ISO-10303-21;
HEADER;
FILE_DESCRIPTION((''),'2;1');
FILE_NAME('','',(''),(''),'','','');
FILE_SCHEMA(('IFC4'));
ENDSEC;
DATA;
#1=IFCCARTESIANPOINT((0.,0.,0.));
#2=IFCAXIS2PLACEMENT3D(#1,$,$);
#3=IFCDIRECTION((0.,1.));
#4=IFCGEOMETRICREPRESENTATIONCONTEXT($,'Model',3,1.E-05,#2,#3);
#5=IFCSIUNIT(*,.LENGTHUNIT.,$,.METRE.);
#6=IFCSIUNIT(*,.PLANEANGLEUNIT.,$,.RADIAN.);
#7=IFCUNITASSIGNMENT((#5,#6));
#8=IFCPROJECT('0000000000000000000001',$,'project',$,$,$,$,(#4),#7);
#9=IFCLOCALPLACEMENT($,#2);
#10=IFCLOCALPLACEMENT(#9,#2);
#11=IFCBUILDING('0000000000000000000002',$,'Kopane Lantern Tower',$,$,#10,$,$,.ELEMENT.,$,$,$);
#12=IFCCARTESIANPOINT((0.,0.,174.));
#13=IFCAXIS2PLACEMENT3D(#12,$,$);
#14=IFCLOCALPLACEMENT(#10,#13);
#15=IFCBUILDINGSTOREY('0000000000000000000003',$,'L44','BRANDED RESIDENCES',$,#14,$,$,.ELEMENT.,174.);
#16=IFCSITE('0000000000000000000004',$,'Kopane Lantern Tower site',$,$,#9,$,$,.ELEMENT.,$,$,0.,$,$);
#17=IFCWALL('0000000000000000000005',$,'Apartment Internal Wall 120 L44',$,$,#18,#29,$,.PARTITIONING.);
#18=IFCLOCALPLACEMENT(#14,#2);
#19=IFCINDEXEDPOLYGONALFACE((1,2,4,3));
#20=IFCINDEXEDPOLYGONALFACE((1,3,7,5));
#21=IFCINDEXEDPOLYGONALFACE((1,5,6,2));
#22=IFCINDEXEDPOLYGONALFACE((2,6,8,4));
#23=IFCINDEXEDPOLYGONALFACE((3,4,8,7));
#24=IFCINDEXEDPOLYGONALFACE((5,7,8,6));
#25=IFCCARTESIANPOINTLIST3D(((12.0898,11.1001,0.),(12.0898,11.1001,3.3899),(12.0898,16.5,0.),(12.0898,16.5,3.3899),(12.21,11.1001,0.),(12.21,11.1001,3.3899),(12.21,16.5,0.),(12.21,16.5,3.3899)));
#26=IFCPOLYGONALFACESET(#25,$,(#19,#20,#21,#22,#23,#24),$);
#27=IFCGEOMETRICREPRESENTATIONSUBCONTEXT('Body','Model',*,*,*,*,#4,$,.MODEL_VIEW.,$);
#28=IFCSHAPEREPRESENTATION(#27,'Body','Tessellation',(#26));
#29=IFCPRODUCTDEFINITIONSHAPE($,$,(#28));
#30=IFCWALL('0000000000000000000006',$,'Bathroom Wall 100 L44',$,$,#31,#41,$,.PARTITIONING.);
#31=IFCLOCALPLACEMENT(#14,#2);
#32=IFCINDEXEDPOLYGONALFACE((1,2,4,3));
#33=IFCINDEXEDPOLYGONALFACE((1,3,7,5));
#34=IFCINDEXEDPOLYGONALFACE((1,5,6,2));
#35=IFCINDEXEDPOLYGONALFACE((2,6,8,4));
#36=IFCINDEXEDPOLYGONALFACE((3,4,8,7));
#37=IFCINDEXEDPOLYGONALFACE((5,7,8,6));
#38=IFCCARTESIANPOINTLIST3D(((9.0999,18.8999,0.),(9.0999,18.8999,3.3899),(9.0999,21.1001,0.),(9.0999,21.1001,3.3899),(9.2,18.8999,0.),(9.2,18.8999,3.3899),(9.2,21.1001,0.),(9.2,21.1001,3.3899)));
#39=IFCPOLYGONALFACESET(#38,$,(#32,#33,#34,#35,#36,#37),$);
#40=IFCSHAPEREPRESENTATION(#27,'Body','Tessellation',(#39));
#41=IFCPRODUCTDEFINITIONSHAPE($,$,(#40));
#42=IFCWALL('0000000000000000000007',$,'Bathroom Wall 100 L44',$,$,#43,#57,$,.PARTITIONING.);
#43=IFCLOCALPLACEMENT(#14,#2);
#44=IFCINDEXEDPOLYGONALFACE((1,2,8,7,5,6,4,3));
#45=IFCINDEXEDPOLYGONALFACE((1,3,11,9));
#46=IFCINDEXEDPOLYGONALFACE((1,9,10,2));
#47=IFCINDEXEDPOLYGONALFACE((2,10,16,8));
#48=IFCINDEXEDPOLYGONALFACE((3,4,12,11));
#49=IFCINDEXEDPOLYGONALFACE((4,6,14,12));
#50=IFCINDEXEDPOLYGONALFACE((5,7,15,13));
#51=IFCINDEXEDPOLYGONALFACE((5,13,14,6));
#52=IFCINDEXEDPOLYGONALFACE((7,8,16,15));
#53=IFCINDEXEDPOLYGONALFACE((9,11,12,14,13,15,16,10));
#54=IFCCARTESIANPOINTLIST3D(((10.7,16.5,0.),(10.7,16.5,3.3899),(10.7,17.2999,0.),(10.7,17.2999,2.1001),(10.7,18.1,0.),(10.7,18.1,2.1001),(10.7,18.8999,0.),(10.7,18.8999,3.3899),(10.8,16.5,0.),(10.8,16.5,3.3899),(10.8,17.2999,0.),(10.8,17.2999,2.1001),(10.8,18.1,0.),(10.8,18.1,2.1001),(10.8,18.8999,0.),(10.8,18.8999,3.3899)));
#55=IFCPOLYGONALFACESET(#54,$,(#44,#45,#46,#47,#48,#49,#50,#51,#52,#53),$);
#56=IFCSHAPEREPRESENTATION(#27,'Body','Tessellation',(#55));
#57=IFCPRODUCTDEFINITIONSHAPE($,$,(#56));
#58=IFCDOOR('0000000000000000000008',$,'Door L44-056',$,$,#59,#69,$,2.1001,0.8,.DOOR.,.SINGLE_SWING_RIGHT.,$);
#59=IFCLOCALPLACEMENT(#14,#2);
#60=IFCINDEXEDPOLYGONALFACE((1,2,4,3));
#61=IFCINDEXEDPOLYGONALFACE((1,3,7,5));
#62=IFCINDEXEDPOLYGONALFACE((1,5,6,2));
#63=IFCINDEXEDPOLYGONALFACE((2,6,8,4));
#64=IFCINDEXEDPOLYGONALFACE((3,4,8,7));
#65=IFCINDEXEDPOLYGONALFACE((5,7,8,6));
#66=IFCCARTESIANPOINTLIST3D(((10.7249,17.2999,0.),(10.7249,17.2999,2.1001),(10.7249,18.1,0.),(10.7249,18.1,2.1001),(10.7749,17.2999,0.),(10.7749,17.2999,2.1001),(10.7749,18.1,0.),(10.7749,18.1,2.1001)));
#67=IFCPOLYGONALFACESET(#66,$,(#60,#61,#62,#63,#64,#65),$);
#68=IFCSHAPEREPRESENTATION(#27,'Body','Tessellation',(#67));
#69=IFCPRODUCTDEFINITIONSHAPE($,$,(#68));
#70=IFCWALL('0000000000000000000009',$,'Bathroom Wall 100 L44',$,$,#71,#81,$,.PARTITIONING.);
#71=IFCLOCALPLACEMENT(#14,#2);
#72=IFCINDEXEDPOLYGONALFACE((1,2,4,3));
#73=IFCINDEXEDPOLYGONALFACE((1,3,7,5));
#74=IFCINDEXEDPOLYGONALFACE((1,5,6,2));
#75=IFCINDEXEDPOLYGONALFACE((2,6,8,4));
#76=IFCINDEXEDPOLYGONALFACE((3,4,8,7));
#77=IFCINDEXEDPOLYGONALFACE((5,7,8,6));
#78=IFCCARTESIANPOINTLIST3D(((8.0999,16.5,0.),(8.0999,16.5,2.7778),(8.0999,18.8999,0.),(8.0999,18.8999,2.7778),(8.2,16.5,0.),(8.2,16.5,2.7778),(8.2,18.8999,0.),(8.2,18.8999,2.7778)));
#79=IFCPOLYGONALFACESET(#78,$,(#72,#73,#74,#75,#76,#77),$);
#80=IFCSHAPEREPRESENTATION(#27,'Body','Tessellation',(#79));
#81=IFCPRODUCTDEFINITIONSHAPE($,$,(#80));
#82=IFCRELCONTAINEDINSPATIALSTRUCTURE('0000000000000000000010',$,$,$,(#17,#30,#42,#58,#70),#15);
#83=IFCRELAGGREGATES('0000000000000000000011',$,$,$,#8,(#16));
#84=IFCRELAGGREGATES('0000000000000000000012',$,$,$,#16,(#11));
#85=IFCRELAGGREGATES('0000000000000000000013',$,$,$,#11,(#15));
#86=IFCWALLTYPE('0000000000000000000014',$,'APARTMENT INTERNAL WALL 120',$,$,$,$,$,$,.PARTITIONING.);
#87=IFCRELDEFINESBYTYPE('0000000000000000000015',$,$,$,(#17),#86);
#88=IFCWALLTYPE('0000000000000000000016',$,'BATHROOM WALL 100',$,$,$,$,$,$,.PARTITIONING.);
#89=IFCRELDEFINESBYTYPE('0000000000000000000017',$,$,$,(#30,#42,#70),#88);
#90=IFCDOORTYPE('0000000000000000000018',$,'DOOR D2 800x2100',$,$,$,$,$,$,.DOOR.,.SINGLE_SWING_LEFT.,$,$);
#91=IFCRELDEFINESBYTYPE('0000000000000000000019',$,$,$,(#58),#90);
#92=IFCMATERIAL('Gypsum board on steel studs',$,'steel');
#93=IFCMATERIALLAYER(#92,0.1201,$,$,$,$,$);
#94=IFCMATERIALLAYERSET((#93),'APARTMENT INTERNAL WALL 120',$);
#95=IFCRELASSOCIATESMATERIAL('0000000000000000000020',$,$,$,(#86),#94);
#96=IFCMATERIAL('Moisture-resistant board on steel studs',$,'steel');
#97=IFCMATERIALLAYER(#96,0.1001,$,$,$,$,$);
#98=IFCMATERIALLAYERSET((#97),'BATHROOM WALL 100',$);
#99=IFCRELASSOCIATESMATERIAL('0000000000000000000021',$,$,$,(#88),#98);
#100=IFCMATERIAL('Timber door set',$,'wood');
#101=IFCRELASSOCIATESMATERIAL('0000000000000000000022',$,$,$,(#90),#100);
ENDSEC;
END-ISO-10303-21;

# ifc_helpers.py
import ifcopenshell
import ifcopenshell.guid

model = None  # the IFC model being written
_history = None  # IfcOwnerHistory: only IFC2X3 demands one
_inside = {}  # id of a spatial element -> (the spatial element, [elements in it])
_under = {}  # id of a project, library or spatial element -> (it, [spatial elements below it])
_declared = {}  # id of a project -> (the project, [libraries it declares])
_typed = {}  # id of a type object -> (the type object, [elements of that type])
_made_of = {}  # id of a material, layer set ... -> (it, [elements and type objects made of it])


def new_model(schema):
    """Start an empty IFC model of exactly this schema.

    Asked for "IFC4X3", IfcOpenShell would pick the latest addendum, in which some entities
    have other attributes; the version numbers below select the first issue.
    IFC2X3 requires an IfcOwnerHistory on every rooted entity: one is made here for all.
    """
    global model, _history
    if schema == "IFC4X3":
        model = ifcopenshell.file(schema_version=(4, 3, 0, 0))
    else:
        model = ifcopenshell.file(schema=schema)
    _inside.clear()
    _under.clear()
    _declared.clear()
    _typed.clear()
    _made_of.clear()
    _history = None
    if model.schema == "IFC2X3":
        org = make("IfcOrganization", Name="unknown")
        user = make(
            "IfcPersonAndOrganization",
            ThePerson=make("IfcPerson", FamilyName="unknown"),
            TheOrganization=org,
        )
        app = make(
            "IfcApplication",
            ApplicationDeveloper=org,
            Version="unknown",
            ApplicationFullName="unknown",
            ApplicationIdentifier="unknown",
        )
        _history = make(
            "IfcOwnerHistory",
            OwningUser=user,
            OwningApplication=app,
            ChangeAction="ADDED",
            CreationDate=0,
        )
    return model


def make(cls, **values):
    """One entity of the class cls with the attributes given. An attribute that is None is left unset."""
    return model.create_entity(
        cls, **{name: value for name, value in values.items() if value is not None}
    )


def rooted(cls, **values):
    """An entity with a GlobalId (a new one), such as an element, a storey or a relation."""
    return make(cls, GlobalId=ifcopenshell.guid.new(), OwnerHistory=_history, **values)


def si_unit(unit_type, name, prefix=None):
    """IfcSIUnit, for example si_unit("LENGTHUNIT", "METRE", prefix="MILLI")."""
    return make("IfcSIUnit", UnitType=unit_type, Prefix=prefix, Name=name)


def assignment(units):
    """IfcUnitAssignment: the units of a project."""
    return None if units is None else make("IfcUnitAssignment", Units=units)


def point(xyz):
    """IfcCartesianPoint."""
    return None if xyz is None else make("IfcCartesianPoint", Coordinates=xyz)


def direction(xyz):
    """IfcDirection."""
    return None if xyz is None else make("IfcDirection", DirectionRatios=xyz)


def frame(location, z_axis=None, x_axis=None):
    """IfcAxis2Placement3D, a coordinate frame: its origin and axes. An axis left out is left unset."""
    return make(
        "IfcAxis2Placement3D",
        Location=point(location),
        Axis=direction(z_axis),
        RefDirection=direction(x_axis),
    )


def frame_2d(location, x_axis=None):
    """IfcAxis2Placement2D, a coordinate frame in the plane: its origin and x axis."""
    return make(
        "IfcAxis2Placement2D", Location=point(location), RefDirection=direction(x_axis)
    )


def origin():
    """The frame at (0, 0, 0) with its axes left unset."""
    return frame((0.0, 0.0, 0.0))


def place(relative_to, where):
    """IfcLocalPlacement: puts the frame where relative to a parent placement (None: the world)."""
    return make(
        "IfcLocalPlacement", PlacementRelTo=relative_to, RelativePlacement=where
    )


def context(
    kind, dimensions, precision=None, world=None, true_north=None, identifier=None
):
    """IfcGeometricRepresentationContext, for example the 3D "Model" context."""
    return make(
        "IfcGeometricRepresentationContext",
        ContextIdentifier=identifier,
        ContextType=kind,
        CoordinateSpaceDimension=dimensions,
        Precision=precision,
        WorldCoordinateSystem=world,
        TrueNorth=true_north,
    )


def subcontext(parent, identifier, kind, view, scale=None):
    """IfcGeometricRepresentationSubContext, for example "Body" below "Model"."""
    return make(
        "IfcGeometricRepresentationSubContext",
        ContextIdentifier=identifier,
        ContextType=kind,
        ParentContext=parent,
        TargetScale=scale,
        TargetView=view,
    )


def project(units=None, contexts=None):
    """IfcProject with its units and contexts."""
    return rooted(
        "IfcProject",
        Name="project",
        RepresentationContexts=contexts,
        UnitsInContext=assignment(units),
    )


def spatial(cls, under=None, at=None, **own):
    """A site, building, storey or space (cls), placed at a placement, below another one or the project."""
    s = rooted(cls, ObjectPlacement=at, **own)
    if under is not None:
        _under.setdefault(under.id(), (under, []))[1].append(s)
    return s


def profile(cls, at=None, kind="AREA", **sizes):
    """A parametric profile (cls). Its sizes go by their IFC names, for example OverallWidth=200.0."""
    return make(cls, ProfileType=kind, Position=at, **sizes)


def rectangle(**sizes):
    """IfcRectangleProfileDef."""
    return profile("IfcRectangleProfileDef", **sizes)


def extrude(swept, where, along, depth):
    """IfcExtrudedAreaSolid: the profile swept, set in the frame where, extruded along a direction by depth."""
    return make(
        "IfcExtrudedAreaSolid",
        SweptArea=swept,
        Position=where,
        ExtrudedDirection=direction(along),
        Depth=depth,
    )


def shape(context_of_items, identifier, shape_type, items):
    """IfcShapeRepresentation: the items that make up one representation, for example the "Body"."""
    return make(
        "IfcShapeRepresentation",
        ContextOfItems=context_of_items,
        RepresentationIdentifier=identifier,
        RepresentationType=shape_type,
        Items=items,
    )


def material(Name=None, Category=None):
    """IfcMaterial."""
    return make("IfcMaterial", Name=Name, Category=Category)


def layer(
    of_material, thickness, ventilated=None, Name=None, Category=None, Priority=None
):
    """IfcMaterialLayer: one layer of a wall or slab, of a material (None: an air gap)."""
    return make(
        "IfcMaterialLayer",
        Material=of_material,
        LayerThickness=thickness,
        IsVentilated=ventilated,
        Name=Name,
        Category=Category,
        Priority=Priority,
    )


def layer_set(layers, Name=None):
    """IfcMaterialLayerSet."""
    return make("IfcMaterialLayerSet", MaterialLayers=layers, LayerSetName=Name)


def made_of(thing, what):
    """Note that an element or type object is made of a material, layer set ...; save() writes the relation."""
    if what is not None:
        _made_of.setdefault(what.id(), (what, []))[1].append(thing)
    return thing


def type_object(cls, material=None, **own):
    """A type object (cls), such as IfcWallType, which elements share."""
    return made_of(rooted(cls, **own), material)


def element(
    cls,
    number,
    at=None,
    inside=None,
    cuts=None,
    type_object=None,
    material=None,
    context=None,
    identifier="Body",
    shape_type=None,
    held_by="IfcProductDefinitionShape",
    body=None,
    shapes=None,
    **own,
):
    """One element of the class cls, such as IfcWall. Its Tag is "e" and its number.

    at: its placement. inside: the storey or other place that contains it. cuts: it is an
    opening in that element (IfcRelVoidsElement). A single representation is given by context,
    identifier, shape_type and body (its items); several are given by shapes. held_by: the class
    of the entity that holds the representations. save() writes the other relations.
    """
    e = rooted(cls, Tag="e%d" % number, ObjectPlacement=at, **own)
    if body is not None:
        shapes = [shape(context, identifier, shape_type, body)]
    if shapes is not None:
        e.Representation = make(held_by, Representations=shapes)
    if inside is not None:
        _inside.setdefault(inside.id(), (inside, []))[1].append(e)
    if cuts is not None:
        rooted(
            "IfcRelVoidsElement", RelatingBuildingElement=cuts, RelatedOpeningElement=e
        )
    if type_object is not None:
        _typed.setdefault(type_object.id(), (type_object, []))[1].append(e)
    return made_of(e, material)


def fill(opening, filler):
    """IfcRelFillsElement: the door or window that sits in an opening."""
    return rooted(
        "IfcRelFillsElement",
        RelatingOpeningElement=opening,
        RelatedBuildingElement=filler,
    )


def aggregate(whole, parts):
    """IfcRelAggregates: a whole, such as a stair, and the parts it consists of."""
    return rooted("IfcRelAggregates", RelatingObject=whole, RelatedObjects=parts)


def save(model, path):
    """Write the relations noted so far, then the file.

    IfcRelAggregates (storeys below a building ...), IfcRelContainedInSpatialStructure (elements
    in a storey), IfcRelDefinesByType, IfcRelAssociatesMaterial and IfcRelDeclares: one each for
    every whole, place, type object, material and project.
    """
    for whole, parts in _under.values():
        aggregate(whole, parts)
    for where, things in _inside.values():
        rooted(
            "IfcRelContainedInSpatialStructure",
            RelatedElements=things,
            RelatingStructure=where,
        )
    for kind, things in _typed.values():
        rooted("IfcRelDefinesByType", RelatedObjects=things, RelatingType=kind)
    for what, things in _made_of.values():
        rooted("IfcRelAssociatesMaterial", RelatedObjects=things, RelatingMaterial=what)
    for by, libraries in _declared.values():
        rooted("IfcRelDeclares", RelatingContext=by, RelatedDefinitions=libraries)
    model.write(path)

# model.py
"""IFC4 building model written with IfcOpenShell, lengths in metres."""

from ifc_helpers import new_model, si_unit, direction, frame, frame_2d, origin, place, context, subcontext, project, spatial, rectangle, extrude, material, layer, layer_set, type_object, element, fill, save


model = new_model("IFC4")

# Units and contexts
model_context = context("Model", 3, precision=1e-05, world=origin(), true_north=direction((0.0, 1.0)))
body_context = subcontext(model_context, "Body", "Model", "MODEL_VIEW")
ifc_project = project(units=[si_unit("LENGTHUNIT", "METRE"), si_unit("PLANEANGLEUNIT", "RADIAN")], contexts=[model_context])

# Site, building, storey
site_placement = place(None, origin())
site = spatial("IfcSite", under=ifc_project, at=site_placement, Name="Kopane Lantern Tower site", CompositionType="ELEMENT", RefElevation=0.0)
building_placement = place(site_placement, origin())
building = spatial("IfcBuilding", under=site, at=building_placement, Name="Kopane Lantern Tower", CompositionType="ELEMENT")
storey_placement = place(building_placement, frame((0.0, 0.0, 174.0)))
storey = spatial("IfcBuildingStorey", under=building, at=storey_placement, Name="L44", Description="BRANDED RESIDENCES", CompositionType="ELEMENT", Elevation=174.0)

# Walls
ifc_material_1 = material(Name="Gypsum board on steel studs", Category="steel")
ifc_layer_1 = layer(ifc_material_1, 0.1201)
ifc_layer_set_1 = layer_set([ifc_layer_1], Name="APARTMENT INTERNAL WALL 120")
wall_type_1 = type_object("IfcWallType", Name="APARTMENT INTERNAL WALL 120", PredefinedType="PARTITIONING", material=ifc_layer_set_1)
wall_1_placement = place(storey_placement, frame((12.1499, 16.5, 0.0), z_axis=(0.0, 0.0, 1.0), x_axis=(0.0, -1.0, 0.0)))
element("IfcWall", 1, at=wall_1_placement, inside=storey, type_object=wall_type_1, Name="Apartment Internal Wall 120 L44", PredefinedType="PARTITIONING", context=body_context, shape_type="SweptSolid", body=[
    extrude(rectangle(XDim=5.3999, YDim=0.1201, at=frame_2d((2.7, 0.0))), origin(), (0.0, 0.0, 1.0), 3.3899),
])
ifc_material_2 = material(Name="Moisture-resistant board on steel studs", Category="steel")
ifc_layer_2 = layer(ifc_material_2, 0.1001)
ifc_layer_set_2 = layer_set([ifc_layer_2], Name="BATHROOM WALL 100")
wall_type_2 = type_object("IfcWallType", Name="BATHROOM WALL 100", PredefinedType="PARTITIONING", material=ifc_layer_set_2)
wall_2_placement = place(storey_placement, frame((9.1499, 18.8999, 0.0), z_axis=(0.0, 0.0, 1.0), x_axis=(0.0, 1.0, 0.0)))
element("IfcWall", 2, at=wall_2_placement, inside=storey, type_object=wall_type_2, Name="Bathroom Wall 100 L44", PredefinedType="PARTITIONING", context=body_context, shape_type="SweptSolid", body=[
    extrude(rectangle(XDim=2.2002, YDim=0.1001, at=frame_2d((1.1001, 0.0))), origin(), (0.0, 0.0, 1.0), 3.3899),
])

# Wall, opening, door
wall_3_placement = place(storey_placement, frame((10.75, 18.8999, 0.0), z_axis=(0.0, 0.0, 1.0), x_axis=(0.0, -1.0, 0.0)))
wall_3 = element("IfcWall", 3, at=wall_3_placement, inside=storey, type_object=wall_type_2, Name="Bathroom Wall 100 L44", PredefinedType="PARTITIONING", context=body_context, shape_type="SweptSolid", body=[
    extrude(rectangle(XDim=2.3999, YDim=0.1001, at=frame_2d((1.2, 0.0))), origin(), (0.0, 0.0, 1.0), 3.3899),
])
opening_1_placement = place(wall_3_placement, frame((0.8, 0.0, 0.0)))
opening_1 = element("IfcOpeningElement", 4, at=opening_1_placement, cuts=wall_3, PredefinedType="OPENING", context=body_context, shape_type="SweptSolid", body=[
    extrude(rectangle(XDim=0.8, YDim=2.1001, at=frame_2d((0.3999, 1.05))), frame((0.0, 0.0601, 0.0), z_axis=(0.0, -1.0, 0.0), x_axis=(1.0, 0.0, 0.0)), (0.0, 0.0, 1.0), 0.1201),
])
ifc_material_3 = material(Name="Timber door set", Category="wood")
door_type_1 = type_object("IfcDoorType", Name="DOOR D2 800x2100", OperationType="SINGLE_SWING_LEFT", PredefinedType="DOOR", material=ifc_material_3)
door_1_placement = place(opening_1_placement, origin())
door_1 = element("IfcDoor", 5, at=door_1_placement, inside=storey, type_object=door_type_1, Name="Door L44-056", OperationType="SINGLE_SWING_RIGHT", OverallHeight=2.1001, OverallWidth=0.8, PredefinedType="DOOR", context=body_context, shape_type="SweptSolid", body=[
    extrude(rectangle(XDim=0.8, YDim=2.1001, at=frame_2d((0.3999, 1.05))), frame((0.0, 0.0249, 0.0), z_axis=(0.0, -1.0, 0.0), x_axis=(1.0, 0.0, 0.0)), (0.0, 0.0, 1.0), 0.05),
])
fill(opening_1, door_1)

# Wall
wall_4_placement = place(storey_placement, frame((8.1499, 18.8999, 0.0), z_axis=(0.0, 0.0, 1.0), x_axis=(0.0, -1.0, 0.0)))
element("IfcWall", 6, at=wall_4_placement, inside=storey, type_object=wall_type_2, Name="Bathroom Wall 100 L44", PredefinedType="PARTITIONING", context=body_context, shape_type="SweptSolid", body=[
    extrude(rectangle(XDim=2.3999, YDim=0.1001, at=frame_2d((1.2, 0.0))), origin(), (0.0, 0.0, 1.0), 2.7778),
])

save(model, "model.ifc")
